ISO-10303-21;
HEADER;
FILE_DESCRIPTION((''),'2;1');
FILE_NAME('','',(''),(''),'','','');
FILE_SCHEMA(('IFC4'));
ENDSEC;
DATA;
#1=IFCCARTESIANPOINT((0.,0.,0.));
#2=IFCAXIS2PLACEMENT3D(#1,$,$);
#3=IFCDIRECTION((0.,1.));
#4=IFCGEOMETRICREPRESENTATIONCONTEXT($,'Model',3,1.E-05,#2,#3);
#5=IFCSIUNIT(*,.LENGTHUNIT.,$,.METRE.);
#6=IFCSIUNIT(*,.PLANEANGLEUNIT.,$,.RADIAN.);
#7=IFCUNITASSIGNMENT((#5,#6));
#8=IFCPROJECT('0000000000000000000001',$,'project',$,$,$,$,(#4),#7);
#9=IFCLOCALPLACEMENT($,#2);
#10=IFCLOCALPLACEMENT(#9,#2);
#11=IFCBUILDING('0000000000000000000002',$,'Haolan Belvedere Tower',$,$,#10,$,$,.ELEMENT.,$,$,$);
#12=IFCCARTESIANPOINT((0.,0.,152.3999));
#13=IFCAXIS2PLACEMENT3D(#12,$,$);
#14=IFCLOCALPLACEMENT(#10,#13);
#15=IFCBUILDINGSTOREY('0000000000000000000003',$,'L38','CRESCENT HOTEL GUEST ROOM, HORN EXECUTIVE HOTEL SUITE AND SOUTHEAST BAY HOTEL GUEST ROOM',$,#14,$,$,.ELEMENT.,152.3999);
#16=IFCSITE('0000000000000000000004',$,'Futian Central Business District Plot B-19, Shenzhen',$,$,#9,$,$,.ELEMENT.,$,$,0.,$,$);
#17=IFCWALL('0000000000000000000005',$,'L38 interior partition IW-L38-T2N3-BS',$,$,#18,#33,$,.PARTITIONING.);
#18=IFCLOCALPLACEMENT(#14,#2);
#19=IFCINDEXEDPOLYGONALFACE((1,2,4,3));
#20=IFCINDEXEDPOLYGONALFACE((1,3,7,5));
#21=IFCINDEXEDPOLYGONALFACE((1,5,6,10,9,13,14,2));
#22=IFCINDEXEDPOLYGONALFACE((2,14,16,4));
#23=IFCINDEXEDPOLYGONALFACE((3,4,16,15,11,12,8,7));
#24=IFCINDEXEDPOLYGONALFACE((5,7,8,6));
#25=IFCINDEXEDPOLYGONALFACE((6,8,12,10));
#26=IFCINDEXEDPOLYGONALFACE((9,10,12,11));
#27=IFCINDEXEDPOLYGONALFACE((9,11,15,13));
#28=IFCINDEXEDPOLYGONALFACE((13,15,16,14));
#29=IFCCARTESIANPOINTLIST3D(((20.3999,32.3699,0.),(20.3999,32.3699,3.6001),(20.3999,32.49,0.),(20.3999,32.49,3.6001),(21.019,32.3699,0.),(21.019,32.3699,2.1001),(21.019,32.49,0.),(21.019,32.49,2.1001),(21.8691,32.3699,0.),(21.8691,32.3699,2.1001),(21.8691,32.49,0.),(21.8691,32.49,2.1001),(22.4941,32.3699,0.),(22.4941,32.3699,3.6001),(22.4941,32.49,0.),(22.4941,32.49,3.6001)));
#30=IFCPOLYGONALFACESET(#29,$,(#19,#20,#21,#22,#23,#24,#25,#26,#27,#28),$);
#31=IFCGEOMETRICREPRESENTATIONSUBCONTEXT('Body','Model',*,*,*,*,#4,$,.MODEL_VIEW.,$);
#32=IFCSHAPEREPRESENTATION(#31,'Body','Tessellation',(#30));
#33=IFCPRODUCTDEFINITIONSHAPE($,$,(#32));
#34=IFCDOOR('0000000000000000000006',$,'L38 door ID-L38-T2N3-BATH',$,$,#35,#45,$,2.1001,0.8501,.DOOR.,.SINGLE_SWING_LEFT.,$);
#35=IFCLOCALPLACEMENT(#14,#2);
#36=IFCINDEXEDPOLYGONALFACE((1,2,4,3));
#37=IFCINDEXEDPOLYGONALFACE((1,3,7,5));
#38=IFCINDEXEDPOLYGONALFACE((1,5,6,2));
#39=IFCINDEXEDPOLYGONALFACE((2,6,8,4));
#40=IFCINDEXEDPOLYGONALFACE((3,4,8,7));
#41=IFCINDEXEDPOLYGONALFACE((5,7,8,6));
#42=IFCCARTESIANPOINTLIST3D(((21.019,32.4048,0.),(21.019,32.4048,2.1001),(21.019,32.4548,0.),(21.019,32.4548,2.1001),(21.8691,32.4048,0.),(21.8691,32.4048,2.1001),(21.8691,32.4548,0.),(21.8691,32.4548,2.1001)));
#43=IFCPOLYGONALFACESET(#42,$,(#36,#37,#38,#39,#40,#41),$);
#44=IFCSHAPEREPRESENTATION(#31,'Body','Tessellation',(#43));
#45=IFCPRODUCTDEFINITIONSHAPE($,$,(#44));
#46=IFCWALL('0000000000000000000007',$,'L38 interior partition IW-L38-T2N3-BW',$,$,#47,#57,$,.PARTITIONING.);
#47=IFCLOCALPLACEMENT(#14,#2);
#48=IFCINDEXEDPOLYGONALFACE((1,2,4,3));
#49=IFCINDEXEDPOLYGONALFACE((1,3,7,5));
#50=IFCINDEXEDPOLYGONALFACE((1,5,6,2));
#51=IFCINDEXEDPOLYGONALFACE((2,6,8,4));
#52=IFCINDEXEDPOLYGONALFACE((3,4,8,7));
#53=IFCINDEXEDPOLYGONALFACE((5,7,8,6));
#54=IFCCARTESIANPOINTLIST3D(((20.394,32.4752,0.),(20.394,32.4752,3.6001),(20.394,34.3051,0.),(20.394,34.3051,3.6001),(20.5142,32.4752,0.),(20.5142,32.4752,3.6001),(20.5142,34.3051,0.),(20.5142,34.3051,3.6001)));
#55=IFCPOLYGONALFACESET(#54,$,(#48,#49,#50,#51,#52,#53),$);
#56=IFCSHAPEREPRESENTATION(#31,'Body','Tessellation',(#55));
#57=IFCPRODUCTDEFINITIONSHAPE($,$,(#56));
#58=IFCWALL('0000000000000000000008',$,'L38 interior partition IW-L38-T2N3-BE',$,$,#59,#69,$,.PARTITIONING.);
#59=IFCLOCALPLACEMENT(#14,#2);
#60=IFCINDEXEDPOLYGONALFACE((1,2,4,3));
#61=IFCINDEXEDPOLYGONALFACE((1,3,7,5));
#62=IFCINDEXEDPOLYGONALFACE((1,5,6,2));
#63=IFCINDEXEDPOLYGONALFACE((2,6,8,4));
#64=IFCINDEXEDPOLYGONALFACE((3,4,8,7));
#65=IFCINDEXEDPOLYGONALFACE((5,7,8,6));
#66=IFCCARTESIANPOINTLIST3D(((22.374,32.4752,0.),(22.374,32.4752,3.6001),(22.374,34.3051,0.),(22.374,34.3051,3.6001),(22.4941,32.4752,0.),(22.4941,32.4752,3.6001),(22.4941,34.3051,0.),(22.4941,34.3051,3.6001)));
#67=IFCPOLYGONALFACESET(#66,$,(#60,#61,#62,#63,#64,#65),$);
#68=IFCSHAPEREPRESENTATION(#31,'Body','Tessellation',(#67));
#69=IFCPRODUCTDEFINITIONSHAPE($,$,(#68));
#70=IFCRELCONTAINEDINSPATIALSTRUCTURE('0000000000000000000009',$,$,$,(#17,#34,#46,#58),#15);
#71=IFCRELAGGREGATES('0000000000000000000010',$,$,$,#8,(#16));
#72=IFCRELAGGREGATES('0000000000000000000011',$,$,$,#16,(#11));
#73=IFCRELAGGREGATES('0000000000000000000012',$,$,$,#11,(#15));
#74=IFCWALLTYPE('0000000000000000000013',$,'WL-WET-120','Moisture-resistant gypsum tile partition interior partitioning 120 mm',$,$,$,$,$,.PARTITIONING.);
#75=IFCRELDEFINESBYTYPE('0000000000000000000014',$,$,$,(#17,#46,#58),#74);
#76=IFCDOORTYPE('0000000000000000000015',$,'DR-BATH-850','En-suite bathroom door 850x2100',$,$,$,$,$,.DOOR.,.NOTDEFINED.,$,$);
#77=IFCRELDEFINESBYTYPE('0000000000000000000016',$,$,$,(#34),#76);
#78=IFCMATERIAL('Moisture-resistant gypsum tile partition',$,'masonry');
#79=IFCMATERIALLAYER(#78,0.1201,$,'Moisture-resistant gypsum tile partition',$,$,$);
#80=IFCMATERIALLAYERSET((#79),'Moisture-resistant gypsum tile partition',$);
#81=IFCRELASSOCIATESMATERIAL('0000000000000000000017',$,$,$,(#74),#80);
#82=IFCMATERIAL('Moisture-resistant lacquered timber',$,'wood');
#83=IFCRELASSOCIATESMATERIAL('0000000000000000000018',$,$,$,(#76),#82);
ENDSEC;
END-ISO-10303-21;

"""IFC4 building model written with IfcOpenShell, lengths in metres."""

from ifc_helpers import new_model, si_unit, direction, frame, frame_2d, origin, place, context, subcontext, project, spatial, rectangle, extrude, material, layer, layer_set, type_object, element, fill, save


model = new_model("IFC4")

# Units and contexts
model_context = context("Model", 3, precision=1e-05, world=origin(), true_north=direction((0.0, 1.0)))
body_context = subcontext(model_context, "Body", "Model", "MODEL_VIEW")
ifc_project = project(units=[si_unit("LENGTHUNIT", "METRE"), si_unit("PLANEANGLEUNIT", "RADIAN")], contexts=[model_context])

# Site, building, storey
site_placement = place(None, origin())
site = spatial("IfcSite", under=ifc_project, at=site_placement, Name="Futian Central Business District Plot B-19, Shenzhen", CompositionType="ELEMENT", RefElevation=0.0)
building_placement = place(site_placement, origin())
building = spatial("IfcBuilding", under=site, at=building_placement, Name="Haolan Belvedere Tower", CompositionType="ELEMENT")
storey_placement = place(building_placement, frame((0.0, 0.0, 152.3999)))
storey = spatial("IfcBuildingStorey", under=building, at=storey_placement, Name="L38", Description="CRESCENT HOTEL GUEST ROOM, HORN EXECUTIVE HOTEL SUITE AND SOUTHEAST BAY HOTEL GUEST ROOM", CompositionType="ELEMENT", Elevation=152.3999)

# Shared definitions
ifc_material_1 = material(Name="Moisture-resistant gypsum tile partition", Category="masonry")
ifc_layer_1 = layer(ifc_material_1, 0.1201, Name="Moisture-resistant gypsum tile partition")
ifc_layer_set_1 = layer_set([ifc_layer_1], Name="Moisture-resistant gypsum tile partition")
wall_type_1 = type_object("IfcWallType", Name="WL-WET-120", Description="Moisture-resistant gypsum tile partition interior partitioning 120 mm", PredefinedType="PARTITIONING", material=ifc_layer_set_1)
ifc_material_2 = material(Name="Moisture-resistant lacquered timber", Category="wood")
door_type_1 = type_object("IfcDoorType", Name="DR-BATH-850", Description="En-suite bathroom door 850x2100", OperationType="NOTDEFINED", PredefinedType="DOOR", material=ifc_material_2)

# Wall, opening, door
wall_1_placement = place(storey_placement, frame((20.3999, 32.4299, 0.0), z_axis=(0.0, 0.0, 1.0), x_axis=(1.0, 0.0, 0.0)))
wall_1 = element("IfcWall", 1, at=wall_1_placement, inside=storey, type_object=wall_type_1, Name="L38 interior partition IW-L38-T2N3-BS", PredefinedType="PARTITIONING", context=body_context, shape_type="SweptSolid", body=[
    extrude(rectangle(XDim=2.0942, YDim=0.1201, at=frame_2d((1.0471, 0.0))), origin(), (0.0, 0.0, 1.0), 3.6001),
])
opening_1_placement = place(wall_1_placement, frame((0.6191, 0.0, 0.0)))
opening_1 = element("IfcOpeningElement", 2, at=opening_1_placement, cuts=wall_1, PredefinedType="OPENING", context=body_context, shape_type="SweptSolid", body=[
    extrude(rectangle(XDim=0.8501, YDim=2.1001, at=frame_2d((0.425, 1.05))), frame((0.0, 0.0701, 0.0), z_axis=(0.0, -1.0, 0.0), x_axis=(1.0, 0.0, 0.0)), (0.0, 0.0, 1.0), 0.1401),
])
door_1_placement = place(opening_1_placement, origin())
door_1 = element("IfcDoor", 3, at=door_1_placement, inside=storey, type_object=door_type_1, Name="L38 door ID-L38-T2N3-BATH", OperationType="SINGLE_SWING_LEFT", OverallHeight=2.1001, OverallWidth=0.8501, PredefinedType="DOOR", context=body_context, shape_type="SweptSolid", body=[
    extrude(rectangle(XDim=0.8501, YDim=2.1001, at=frame_2d((0.425, 1.05))), frame((0.0, 0.0249, 0.0), z_axis=(0.0, -1.0, 0.0), x_axis=(1.0, 0.0, 0.0)), (0.0, 0.0, 1.0), 0.05),
])
fill(opening_1, door_1)

# Walls
for number, where, z_axis, x_axis, name in (
    (4, (20.4541, 32.4751, 0.0), (0.0, 0.0, 1.0), (0.0, 1.0, 0.0), "L38 interior partition IW-L38-T2N3-BW"),
    (5, (22.4341, 32.4751, 0.0), (0.0, 0.0, 1.0), (0.0, 1.0, 0.0), "L38 interior partition IW-L38-T2N3-BE"),
):
    element("IfcWall", number, at=place(storey_placement, frame(where, z_axis=z_axis, x_axis=x_axis)), inside=storey, type_object=wall_type_1, Name=name, PredefinedType="PARTITIONING", context=body_context, shape_type="SweptSolid", body=[
        extrude(rectangle(XDim=1.8298, YDim=0.1201, at=frame_2d((0.915, 0.0))), origin(), (0.0, 0.0, 1.0), 3.6001),
    ])

save(model, "model.ifc")
